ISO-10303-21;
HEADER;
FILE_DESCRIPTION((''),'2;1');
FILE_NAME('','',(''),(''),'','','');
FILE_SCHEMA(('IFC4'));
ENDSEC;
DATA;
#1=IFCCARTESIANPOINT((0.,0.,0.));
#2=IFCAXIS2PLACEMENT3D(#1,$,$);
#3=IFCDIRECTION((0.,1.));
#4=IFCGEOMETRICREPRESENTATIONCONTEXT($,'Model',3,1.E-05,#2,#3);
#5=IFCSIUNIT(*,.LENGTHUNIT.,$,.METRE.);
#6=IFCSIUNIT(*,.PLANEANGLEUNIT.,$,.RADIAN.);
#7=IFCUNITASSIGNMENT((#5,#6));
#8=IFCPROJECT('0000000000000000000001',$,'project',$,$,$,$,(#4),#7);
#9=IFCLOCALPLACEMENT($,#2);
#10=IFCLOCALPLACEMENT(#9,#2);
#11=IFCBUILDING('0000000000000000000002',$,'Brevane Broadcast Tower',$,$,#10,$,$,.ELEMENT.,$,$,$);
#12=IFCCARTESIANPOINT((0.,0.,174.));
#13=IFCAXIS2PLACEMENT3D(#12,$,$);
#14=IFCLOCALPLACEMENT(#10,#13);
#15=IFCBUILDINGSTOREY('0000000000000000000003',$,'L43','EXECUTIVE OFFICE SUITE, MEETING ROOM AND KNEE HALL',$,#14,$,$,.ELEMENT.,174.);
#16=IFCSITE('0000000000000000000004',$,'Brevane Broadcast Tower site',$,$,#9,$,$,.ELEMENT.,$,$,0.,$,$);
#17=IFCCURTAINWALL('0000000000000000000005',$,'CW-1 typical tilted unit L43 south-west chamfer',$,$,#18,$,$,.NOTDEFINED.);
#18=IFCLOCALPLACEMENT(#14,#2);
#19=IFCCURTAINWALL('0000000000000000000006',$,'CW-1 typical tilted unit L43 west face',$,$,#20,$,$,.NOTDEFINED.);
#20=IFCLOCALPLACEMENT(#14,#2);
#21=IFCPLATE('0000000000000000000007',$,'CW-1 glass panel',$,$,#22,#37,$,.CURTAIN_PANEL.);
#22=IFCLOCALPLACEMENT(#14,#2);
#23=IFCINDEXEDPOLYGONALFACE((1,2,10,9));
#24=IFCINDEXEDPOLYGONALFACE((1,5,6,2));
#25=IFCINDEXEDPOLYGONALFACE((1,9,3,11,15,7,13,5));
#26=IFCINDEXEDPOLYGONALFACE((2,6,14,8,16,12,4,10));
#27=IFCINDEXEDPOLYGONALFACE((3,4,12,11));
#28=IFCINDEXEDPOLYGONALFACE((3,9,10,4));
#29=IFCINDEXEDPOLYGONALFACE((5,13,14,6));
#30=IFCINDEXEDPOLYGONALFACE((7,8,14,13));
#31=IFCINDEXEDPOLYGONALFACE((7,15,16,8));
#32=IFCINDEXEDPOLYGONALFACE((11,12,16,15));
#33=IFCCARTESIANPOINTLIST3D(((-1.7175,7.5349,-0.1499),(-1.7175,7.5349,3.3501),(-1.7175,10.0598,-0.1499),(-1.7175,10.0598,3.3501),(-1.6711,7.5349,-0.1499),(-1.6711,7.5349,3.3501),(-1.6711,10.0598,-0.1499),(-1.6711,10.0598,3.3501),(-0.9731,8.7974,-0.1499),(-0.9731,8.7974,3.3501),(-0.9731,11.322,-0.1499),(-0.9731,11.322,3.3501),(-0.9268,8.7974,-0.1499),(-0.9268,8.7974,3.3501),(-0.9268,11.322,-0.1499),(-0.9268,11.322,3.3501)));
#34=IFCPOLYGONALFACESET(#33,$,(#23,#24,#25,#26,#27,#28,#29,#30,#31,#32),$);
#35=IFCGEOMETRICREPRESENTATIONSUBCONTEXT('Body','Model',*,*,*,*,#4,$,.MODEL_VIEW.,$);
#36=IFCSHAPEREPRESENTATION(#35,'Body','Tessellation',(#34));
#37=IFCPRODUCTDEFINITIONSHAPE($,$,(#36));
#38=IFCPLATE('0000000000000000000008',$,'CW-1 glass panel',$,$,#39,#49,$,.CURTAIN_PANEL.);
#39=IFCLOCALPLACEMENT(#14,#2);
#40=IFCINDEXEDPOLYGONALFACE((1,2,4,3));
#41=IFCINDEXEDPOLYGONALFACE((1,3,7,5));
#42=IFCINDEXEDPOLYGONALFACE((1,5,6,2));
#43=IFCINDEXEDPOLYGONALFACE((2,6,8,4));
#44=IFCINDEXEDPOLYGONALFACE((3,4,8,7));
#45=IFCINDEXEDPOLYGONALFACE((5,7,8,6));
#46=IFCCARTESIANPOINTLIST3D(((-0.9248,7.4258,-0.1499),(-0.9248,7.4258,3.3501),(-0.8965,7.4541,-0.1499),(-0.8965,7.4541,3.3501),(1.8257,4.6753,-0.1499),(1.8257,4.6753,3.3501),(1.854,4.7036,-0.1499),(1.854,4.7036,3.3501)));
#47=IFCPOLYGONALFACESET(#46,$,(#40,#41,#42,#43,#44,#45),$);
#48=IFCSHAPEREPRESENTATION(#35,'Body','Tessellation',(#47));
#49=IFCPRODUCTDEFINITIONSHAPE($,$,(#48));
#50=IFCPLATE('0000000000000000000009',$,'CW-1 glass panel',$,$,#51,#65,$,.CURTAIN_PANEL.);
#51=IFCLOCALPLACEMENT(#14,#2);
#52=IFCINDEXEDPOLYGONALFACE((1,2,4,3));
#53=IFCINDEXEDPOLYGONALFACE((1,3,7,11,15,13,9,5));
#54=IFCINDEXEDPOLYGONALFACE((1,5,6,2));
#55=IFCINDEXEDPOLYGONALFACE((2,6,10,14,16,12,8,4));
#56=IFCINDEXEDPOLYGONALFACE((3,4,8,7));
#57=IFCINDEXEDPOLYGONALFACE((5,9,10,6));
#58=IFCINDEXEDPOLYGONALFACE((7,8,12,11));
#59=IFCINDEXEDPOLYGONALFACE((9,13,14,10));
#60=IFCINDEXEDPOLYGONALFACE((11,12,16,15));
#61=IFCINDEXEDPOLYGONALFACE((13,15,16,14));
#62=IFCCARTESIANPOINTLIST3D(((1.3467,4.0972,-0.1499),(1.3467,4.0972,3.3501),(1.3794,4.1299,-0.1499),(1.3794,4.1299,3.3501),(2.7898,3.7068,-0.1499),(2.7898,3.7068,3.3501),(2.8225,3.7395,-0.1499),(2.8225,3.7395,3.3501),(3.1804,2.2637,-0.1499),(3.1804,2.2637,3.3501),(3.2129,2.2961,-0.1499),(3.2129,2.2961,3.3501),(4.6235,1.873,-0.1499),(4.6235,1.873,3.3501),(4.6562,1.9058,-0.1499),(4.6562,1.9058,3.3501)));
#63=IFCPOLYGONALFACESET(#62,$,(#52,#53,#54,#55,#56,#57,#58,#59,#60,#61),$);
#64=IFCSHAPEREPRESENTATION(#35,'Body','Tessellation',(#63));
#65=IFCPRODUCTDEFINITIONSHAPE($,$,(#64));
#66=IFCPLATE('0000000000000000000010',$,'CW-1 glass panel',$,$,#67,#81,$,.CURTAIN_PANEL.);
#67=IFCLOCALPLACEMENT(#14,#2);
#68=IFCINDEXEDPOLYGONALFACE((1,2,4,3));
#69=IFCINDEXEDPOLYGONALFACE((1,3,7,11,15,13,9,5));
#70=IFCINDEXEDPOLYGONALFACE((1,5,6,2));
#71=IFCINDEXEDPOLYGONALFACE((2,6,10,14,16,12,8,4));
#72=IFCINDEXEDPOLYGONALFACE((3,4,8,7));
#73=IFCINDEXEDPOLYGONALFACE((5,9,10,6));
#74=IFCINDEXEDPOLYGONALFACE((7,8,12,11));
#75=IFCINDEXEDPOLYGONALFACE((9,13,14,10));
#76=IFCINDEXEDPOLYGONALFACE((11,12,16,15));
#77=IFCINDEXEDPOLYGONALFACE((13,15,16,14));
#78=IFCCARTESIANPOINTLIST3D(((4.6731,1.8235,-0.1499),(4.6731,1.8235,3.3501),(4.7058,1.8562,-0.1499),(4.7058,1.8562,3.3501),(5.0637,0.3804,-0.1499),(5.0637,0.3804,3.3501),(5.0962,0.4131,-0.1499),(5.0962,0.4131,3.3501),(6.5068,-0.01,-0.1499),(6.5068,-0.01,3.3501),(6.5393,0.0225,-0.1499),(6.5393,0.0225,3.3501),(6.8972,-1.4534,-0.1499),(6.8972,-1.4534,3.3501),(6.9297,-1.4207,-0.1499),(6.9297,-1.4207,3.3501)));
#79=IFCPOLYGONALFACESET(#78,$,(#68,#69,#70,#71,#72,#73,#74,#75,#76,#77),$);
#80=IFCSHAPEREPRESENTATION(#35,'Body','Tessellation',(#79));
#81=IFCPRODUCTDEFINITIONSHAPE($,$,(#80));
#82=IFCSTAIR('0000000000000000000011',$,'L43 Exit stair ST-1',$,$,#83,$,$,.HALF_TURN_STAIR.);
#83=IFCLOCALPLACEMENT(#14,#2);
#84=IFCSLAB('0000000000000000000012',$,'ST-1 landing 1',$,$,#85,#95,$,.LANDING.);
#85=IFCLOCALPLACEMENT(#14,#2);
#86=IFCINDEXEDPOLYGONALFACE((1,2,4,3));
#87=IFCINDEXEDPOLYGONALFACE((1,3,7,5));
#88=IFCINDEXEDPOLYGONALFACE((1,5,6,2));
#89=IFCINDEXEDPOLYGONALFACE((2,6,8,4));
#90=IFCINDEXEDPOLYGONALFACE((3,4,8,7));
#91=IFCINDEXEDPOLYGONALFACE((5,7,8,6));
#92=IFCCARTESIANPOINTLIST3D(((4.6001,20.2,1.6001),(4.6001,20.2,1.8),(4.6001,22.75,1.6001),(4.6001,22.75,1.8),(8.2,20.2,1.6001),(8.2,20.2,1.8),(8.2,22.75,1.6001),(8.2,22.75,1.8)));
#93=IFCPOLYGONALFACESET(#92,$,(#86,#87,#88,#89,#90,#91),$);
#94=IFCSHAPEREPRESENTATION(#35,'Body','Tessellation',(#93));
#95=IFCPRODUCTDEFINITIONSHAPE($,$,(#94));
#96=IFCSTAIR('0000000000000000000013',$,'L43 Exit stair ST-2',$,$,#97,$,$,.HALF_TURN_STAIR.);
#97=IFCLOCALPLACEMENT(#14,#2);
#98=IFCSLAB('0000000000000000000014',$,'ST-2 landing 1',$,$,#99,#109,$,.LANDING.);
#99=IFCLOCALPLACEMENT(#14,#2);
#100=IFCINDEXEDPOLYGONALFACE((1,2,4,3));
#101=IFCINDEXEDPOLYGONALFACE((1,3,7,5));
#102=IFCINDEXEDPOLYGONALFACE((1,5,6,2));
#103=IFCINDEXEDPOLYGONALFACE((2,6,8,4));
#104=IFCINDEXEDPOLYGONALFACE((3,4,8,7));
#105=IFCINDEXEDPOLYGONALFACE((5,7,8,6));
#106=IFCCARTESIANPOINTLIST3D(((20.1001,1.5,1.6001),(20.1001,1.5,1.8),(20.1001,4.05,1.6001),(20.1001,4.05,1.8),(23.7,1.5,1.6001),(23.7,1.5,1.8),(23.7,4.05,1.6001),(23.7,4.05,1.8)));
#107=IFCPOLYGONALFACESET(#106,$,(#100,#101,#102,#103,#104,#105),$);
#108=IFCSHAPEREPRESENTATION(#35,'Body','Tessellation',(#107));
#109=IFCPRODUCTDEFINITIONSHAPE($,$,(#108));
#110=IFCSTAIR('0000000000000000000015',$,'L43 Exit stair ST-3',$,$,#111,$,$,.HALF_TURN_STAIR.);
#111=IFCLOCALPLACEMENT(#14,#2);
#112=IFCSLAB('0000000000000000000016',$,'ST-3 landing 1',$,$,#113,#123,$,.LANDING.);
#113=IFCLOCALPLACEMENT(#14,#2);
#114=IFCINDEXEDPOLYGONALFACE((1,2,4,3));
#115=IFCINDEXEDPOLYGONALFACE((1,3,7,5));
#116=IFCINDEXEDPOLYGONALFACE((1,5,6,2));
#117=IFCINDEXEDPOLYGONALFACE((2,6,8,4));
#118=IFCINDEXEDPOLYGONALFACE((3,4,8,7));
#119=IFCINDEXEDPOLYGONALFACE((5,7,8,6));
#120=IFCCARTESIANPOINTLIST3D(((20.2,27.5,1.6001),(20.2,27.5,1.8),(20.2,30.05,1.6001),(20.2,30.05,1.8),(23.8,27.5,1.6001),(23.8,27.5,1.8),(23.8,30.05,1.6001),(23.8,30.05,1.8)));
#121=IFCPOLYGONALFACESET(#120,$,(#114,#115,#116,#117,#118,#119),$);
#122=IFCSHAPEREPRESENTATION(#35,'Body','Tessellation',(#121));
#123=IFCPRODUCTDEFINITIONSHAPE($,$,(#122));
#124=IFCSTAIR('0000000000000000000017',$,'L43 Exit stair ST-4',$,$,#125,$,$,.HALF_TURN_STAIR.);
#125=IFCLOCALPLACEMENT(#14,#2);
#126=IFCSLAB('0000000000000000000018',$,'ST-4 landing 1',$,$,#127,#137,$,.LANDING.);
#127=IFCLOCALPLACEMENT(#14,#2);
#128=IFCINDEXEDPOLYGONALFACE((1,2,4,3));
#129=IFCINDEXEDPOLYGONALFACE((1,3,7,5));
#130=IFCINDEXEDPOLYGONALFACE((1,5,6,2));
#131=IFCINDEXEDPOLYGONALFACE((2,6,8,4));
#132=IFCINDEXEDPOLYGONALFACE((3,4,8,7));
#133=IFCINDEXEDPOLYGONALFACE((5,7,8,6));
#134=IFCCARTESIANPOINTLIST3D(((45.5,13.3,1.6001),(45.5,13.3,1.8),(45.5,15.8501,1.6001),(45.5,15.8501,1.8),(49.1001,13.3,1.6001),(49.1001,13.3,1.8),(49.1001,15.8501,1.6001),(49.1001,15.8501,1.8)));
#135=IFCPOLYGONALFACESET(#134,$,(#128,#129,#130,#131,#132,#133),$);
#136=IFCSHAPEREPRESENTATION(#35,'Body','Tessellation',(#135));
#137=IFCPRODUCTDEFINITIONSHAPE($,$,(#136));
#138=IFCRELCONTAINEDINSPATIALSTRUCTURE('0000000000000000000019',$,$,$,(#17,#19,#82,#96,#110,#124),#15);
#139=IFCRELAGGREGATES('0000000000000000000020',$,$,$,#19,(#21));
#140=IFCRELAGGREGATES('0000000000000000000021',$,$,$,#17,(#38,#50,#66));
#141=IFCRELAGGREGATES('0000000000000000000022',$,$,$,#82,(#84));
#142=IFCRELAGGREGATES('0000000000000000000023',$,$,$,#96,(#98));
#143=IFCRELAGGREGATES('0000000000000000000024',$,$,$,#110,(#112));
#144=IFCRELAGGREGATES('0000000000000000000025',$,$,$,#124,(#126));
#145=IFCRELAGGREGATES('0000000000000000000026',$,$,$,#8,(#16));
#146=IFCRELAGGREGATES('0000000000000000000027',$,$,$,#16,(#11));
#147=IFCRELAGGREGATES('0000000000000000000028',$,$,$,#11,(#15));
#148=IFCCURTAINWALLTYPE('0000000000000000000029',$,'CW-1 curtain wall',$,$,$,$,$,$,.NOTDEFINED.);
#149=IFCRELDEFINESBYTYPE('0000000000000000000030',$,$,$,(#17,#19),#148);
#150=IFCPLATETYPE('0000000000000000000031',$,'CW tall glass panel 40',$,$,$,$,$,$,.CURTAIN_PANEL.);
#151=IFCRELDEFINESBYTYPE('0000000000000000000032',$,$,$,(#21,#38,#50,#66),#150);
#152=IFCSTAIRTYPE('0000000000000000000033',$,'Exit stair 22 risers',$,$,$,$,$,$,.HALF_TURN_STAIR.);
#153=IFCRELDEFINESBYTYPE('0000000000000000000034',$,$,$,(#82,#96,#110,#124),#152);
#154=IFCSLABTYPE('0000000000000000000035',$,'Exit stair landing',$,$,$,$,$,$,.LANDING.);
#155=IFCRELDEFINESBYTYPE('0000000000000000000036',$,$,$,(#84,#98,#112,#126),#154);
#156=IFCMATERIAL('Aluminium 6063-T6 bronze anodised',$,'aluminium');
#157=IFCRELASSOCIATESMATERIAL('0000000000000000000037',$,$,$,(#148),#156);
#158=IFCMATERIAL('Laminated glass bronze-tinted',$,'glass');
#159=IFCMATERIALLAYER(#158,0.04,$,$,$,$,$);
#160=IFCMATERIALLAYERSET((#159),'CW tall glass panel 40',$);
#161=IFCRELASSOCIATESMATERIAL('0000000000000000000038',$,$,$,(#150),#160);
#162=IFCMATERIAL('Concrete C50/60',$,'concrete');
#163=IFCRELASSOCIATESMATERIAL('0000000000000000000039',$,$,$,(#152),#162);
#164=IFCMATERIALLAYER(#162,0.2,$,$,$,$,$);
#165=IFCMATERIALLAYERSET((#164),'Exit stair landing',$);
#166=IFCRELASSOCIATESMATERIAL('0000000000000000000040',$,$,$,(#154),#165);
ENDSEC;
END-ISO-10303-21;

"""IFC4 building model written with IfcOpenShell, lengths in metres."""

from ifc_helpers import new_model, si_unit, direction, frame, origin, place, context, subcontext, project, spatial, polyline, outline, extrude, material, layer, layer_set, type_object, element, aggregate, save


model = new_model("IFC4")

# Units and contexts
model_context = context("Model", 3, precision=1e-05, world=origin(), true_north=direction((0.0, 1.0)))
body_context = subcontext(model_context, "Body", "Model", "MODEL_VIEW")
ifc_project = project(units=[si_unit("LENGTHUNIT", "METRE"), si_unit("PLANEANGLEUNIT", "RADIAN")], contexts=[model_context])

# Site, building, storey
site_placement = place(None, origin())
site = spatial("IfcSite", under=ifc_project, at=site_placement, Name="Brevane Broadcast Tower site", CompositionType="ELEMENT", RefElevation=0.0)
building_placement = place(site_placement, origin())
building = spatial("IfcBuilding", under=site, at=building_placement, Name="Brevane Broadcast Tower", CompositionType="ELEMENT")
storey_placement = place(building_placement, frame((0.0, 0.0, 174.0)))
storey = spatial("IfcBuildingStorey", under=building, at=storey_placement, Name="L43", Description="EXECUTIVE OFFICE SUITE, MEETING ROOM AND KNEE HALL", CompositionType="ELEMENT", Elevation=174.0)

# Curtain wall
ifc_material_1 = material(Name="Aluminium 6063-T6 bronze anodised", Category="aluminium")
curtain_wall_type = type_object("IfcCurtainWallType", Name="CW-1 curtain wall", PredefinedType="NOTDEFINED", material=ifc_material_1)
curtain_wall_1_placement = place(storey_placement, origin())
curtain_wall_1 = element("IfcCurtainWall", 1, at=curtain_wall_1_placement, inside=storey, type_object=curtain_wall_type, Name="CW-1 typical tilted unit L43 south-west chamfer", PredefinedType="NOTDEFINED")

# Shared definitions
ifc_material_2 = material(Name="Laminated glass bronze-tinted", Category="glass")
ifc_layer_1 = layer(ifc_material_2, 0.04)
ifc_layer_set_1 = layer_set([ifc_layer_1], Name="CW tall glass panel 40")
plate_type = type_object("IfcPlateType", Name="CW tall glass panel 40", PredefinedType="CURTAIN_PANEL", material=ifc_layer_set_1)

# Curtain wall, plate
curtain_wall_2_placement = place(storey_placement, origin())
curtain_wall_2 = element("IfcCurtainWall", 2, at=curtain_wall_2_placement, inside=storey, type_object=curtain_wall_type, Name="CW-1 typical tilted unit L43 west face", PredefinedType="NOTDEFINED")
plate_1_placement = place(storey_placement, frame((0.0, 0.0, -0.1499)))
plate_1 = element("IfcPlate", 3, at=plate_1_placement, type_object=plate_type, Name="CW-1 glass panel", PredefinedType="CURTAIN_PANEL", context=body_context, shape_type="SweptSolid", body=[
    extrude(outline(polyline([(-0.9268, 11.322), (-0.9731, 11.322), (-1.7175, 10.0598), (-0.9731, 8.7974), (-1.7175, 7.5349), (-1.6711, 7.5349), (-0.9268, 8.7974), (-1.6711, 10.0598), (-0.9268, 11.322)])), origin(), (0.0, 0.0, 1.0), 3.5),
])
aggregate(curtain_wall_2, [plate_1])

# Plates
plate_2_placement = place(storey_placement, frame((0.0, 0.0, -0.1499)))
plate_2 = element("IfcPlate", 4, at=plate_2_placement, type_object=plate_type, Name="CW-1 glass panel", PredefinedType="CURTAIN_PANEL", context=body_context, shape_type="SweptSolid", body=[
    extrude(outline(polyline([(-0.8965, 7.4541), (1.854, 4.7036), (1.8257, 4.6753), (-0.9248, 7.4258), (-0.8965, 7.4541)])), origin(), (0.0, 0.0, 1.0), 3.5),
])
plate_3_placement = place(storey_placement, frame((0.0, 0.0, -0.1499)))
plate_3 = element("IfcPlate", 5, at=plate_3_placement, type_object=plate_type, Name="CW-1 glass panel", PredefinedType="CURTAIN_PANEL", context=body_context, shape_type="SweptSolid", body=[
    extrude(outline(polyline([(1.3794, 4.1299), (1.3467, 4.0972), (2.7898, 3.7068), (3.1804, 2.2637), (4.6235, 1.873), (4.6562, 1.9058), (3.2129, 2.2961), (2.8225, 3.7395), (1.3794, 4.1299)])), origin(), (0.0, 0.0, 1.0), 3.5),
])
plate_4_placement = place(storey_placement, frame((0.0, 0.0, -0.1499)))
plate_4 = element("IfcPlate", 6, at=plate_4_placement, type_object=plate_type, Name="CW-1 glass panel", PredefinedType="CURTAIN_PANEL", context=body_context, shape_type="SweptSolid", body=[
    extrude(outline(polyline([(4.7058, 1.8562), (4.6731, 1.8235), (5.0637, 0.3804), (6.5068, -0.01), (6.8972, -1.4534), (6.9297, -1.4207), (6.5393, 0.0225), (5.0962, 0.4131), (4.7058, 1.8562)])), origin(), (0.0, 0.0, 1.0), 3.5),
])
aggregate(curtain_wall_1, [plate_2, plate_3, plate_4])

# Stairs, slabs
ifc_material_3 = material(Name="Concrete C50/60", Category="concrete")
stair_type = type_object("IfcStairType", Name="Exit stair 22 risers", PredefinedType="HALF_TURN_STAIR", material=ifc_material_3)
stair_1_placement = place(storey_placement, origin())
stair_1 = element("IfcStair", 7, at=stair_1_placement, inside=storey, type_object=stair_type, Name="L43 Exit stair ST-1", PredefinedType="HALF_TURN_STAIR")
ifc_layer_2 = layer(ifc_material_3, 0.2)
ifc_layer_set_2 = layer_set([ifc_layer_2], Name="Exit stair landing")
slab_type_1 = type_object("IfcSlabType", Name="Exit stair landing", PredefinedType="LANDING", material=ifc_layer_set_2)
slab_1_placement = place(storey_placement, frame((0.0, 0.0, 1.6001)))
slab_1 = element("IfcSlab", 8, at=slab_1_placement, type_object=slab_type_1, Name="ST-1 landing 1", PredefinedType="LANDING", context=body_context, shape_type="SweptSolid", body=[
    extrude(outline(polyline([(4.6001, 20.2), (8.2, 20.2), (8.2, 22.75), (4.6001, 22.75), (4.6001, 20.2)])), origin(), (0.0, 0.0, 1.0), 0.2),
])
aggregate(stair_1, [slab_1])
stair_2_placement = place(storey_placement, origin())
stair_2 = element("IfcStair", 9, at=stair_2_placement, inside=storey, type_object=stair_type, Name="L43 Exit stair ST-2", PredefinedType="HALF_TURN_STAIR")
slab_2_placement = place(storey_placement, frame((0.0, 0.0, 1.6001)))
slab_2 = element("IfcSlab", 10, at=slab_2_placement, type_object=slab_type_1, Name="ST-2 landing 1", PredefinedType="LANDING", context=body_context, shape_type="SweptSolid", body=[
    extrude(outline(polyline([(20.1001, 1.5), (23.7, 1.5), (23.7, 4.05), (20.1001, 4.05), (20.1001, 1.5)])), origin(), (0.0, 0.0, 1.0), 0.2),
])
aggregate(stair_2, [slab_2])
stair_3_placement = place(storey_placement, origin())
stair_3 = element("IfcStair", 11, at=stair_3_placement, inside=storey, type_object=stair_type, Name="L43 Exit stair ST-3", PredefinedType="HALF_TURN_STAIR")
slab_3_placement = place(storey_placement, frame((0.0, 0.0, 1.6001)))
slab_3 = element("IfcSlab", 12, at=slab_3_placement, type_object=slab_type_1, Name="ST-3 landing 1", PredefinedType="LANDING", context=body_context, shape_type="SweptSolid", body=[
    extrude(outline(polyline([(20.2, 27.5), (23.8, 27.5), (23.8, 30.05), (20.2, 30.05), (20.2, 27.5)])), origin(), (0.0, 0.0, 1.0), 0.2),
])
aggregate(stair_3, [slab_3])
stair_4_placement = place(storey_placement, origin())
stair_4 = element("IfcStair", 13, at=stair_4_placement, inside=storey, type_object=stair_type, Name="L43 Exit stair ST-4", PredefinedType="HALF_TURN_STAIR")
slab_4_placement = place(storey_placement, frame((0.0, 0.0, 1.6001)))
slab_4 = element("IfcSlab", 14, at=slab_4_placement, type_object=slab_type_1, Name="ST-4 landing 1", PredefinedType="LANDING", context=body_context, shape_type="SweptSolid", body=[
    extrude(outline(polyline([(45.5, 13.3), (49.1001, 13.3), (49.1001, 15.8501), (45.5, 15.8501), (45.5, 13.3)])), origin(), (0.0, 0.0, 1.0), 0.2),
])
aggregate(stair_4, [slab_4])

save(model, "model.ifc")
